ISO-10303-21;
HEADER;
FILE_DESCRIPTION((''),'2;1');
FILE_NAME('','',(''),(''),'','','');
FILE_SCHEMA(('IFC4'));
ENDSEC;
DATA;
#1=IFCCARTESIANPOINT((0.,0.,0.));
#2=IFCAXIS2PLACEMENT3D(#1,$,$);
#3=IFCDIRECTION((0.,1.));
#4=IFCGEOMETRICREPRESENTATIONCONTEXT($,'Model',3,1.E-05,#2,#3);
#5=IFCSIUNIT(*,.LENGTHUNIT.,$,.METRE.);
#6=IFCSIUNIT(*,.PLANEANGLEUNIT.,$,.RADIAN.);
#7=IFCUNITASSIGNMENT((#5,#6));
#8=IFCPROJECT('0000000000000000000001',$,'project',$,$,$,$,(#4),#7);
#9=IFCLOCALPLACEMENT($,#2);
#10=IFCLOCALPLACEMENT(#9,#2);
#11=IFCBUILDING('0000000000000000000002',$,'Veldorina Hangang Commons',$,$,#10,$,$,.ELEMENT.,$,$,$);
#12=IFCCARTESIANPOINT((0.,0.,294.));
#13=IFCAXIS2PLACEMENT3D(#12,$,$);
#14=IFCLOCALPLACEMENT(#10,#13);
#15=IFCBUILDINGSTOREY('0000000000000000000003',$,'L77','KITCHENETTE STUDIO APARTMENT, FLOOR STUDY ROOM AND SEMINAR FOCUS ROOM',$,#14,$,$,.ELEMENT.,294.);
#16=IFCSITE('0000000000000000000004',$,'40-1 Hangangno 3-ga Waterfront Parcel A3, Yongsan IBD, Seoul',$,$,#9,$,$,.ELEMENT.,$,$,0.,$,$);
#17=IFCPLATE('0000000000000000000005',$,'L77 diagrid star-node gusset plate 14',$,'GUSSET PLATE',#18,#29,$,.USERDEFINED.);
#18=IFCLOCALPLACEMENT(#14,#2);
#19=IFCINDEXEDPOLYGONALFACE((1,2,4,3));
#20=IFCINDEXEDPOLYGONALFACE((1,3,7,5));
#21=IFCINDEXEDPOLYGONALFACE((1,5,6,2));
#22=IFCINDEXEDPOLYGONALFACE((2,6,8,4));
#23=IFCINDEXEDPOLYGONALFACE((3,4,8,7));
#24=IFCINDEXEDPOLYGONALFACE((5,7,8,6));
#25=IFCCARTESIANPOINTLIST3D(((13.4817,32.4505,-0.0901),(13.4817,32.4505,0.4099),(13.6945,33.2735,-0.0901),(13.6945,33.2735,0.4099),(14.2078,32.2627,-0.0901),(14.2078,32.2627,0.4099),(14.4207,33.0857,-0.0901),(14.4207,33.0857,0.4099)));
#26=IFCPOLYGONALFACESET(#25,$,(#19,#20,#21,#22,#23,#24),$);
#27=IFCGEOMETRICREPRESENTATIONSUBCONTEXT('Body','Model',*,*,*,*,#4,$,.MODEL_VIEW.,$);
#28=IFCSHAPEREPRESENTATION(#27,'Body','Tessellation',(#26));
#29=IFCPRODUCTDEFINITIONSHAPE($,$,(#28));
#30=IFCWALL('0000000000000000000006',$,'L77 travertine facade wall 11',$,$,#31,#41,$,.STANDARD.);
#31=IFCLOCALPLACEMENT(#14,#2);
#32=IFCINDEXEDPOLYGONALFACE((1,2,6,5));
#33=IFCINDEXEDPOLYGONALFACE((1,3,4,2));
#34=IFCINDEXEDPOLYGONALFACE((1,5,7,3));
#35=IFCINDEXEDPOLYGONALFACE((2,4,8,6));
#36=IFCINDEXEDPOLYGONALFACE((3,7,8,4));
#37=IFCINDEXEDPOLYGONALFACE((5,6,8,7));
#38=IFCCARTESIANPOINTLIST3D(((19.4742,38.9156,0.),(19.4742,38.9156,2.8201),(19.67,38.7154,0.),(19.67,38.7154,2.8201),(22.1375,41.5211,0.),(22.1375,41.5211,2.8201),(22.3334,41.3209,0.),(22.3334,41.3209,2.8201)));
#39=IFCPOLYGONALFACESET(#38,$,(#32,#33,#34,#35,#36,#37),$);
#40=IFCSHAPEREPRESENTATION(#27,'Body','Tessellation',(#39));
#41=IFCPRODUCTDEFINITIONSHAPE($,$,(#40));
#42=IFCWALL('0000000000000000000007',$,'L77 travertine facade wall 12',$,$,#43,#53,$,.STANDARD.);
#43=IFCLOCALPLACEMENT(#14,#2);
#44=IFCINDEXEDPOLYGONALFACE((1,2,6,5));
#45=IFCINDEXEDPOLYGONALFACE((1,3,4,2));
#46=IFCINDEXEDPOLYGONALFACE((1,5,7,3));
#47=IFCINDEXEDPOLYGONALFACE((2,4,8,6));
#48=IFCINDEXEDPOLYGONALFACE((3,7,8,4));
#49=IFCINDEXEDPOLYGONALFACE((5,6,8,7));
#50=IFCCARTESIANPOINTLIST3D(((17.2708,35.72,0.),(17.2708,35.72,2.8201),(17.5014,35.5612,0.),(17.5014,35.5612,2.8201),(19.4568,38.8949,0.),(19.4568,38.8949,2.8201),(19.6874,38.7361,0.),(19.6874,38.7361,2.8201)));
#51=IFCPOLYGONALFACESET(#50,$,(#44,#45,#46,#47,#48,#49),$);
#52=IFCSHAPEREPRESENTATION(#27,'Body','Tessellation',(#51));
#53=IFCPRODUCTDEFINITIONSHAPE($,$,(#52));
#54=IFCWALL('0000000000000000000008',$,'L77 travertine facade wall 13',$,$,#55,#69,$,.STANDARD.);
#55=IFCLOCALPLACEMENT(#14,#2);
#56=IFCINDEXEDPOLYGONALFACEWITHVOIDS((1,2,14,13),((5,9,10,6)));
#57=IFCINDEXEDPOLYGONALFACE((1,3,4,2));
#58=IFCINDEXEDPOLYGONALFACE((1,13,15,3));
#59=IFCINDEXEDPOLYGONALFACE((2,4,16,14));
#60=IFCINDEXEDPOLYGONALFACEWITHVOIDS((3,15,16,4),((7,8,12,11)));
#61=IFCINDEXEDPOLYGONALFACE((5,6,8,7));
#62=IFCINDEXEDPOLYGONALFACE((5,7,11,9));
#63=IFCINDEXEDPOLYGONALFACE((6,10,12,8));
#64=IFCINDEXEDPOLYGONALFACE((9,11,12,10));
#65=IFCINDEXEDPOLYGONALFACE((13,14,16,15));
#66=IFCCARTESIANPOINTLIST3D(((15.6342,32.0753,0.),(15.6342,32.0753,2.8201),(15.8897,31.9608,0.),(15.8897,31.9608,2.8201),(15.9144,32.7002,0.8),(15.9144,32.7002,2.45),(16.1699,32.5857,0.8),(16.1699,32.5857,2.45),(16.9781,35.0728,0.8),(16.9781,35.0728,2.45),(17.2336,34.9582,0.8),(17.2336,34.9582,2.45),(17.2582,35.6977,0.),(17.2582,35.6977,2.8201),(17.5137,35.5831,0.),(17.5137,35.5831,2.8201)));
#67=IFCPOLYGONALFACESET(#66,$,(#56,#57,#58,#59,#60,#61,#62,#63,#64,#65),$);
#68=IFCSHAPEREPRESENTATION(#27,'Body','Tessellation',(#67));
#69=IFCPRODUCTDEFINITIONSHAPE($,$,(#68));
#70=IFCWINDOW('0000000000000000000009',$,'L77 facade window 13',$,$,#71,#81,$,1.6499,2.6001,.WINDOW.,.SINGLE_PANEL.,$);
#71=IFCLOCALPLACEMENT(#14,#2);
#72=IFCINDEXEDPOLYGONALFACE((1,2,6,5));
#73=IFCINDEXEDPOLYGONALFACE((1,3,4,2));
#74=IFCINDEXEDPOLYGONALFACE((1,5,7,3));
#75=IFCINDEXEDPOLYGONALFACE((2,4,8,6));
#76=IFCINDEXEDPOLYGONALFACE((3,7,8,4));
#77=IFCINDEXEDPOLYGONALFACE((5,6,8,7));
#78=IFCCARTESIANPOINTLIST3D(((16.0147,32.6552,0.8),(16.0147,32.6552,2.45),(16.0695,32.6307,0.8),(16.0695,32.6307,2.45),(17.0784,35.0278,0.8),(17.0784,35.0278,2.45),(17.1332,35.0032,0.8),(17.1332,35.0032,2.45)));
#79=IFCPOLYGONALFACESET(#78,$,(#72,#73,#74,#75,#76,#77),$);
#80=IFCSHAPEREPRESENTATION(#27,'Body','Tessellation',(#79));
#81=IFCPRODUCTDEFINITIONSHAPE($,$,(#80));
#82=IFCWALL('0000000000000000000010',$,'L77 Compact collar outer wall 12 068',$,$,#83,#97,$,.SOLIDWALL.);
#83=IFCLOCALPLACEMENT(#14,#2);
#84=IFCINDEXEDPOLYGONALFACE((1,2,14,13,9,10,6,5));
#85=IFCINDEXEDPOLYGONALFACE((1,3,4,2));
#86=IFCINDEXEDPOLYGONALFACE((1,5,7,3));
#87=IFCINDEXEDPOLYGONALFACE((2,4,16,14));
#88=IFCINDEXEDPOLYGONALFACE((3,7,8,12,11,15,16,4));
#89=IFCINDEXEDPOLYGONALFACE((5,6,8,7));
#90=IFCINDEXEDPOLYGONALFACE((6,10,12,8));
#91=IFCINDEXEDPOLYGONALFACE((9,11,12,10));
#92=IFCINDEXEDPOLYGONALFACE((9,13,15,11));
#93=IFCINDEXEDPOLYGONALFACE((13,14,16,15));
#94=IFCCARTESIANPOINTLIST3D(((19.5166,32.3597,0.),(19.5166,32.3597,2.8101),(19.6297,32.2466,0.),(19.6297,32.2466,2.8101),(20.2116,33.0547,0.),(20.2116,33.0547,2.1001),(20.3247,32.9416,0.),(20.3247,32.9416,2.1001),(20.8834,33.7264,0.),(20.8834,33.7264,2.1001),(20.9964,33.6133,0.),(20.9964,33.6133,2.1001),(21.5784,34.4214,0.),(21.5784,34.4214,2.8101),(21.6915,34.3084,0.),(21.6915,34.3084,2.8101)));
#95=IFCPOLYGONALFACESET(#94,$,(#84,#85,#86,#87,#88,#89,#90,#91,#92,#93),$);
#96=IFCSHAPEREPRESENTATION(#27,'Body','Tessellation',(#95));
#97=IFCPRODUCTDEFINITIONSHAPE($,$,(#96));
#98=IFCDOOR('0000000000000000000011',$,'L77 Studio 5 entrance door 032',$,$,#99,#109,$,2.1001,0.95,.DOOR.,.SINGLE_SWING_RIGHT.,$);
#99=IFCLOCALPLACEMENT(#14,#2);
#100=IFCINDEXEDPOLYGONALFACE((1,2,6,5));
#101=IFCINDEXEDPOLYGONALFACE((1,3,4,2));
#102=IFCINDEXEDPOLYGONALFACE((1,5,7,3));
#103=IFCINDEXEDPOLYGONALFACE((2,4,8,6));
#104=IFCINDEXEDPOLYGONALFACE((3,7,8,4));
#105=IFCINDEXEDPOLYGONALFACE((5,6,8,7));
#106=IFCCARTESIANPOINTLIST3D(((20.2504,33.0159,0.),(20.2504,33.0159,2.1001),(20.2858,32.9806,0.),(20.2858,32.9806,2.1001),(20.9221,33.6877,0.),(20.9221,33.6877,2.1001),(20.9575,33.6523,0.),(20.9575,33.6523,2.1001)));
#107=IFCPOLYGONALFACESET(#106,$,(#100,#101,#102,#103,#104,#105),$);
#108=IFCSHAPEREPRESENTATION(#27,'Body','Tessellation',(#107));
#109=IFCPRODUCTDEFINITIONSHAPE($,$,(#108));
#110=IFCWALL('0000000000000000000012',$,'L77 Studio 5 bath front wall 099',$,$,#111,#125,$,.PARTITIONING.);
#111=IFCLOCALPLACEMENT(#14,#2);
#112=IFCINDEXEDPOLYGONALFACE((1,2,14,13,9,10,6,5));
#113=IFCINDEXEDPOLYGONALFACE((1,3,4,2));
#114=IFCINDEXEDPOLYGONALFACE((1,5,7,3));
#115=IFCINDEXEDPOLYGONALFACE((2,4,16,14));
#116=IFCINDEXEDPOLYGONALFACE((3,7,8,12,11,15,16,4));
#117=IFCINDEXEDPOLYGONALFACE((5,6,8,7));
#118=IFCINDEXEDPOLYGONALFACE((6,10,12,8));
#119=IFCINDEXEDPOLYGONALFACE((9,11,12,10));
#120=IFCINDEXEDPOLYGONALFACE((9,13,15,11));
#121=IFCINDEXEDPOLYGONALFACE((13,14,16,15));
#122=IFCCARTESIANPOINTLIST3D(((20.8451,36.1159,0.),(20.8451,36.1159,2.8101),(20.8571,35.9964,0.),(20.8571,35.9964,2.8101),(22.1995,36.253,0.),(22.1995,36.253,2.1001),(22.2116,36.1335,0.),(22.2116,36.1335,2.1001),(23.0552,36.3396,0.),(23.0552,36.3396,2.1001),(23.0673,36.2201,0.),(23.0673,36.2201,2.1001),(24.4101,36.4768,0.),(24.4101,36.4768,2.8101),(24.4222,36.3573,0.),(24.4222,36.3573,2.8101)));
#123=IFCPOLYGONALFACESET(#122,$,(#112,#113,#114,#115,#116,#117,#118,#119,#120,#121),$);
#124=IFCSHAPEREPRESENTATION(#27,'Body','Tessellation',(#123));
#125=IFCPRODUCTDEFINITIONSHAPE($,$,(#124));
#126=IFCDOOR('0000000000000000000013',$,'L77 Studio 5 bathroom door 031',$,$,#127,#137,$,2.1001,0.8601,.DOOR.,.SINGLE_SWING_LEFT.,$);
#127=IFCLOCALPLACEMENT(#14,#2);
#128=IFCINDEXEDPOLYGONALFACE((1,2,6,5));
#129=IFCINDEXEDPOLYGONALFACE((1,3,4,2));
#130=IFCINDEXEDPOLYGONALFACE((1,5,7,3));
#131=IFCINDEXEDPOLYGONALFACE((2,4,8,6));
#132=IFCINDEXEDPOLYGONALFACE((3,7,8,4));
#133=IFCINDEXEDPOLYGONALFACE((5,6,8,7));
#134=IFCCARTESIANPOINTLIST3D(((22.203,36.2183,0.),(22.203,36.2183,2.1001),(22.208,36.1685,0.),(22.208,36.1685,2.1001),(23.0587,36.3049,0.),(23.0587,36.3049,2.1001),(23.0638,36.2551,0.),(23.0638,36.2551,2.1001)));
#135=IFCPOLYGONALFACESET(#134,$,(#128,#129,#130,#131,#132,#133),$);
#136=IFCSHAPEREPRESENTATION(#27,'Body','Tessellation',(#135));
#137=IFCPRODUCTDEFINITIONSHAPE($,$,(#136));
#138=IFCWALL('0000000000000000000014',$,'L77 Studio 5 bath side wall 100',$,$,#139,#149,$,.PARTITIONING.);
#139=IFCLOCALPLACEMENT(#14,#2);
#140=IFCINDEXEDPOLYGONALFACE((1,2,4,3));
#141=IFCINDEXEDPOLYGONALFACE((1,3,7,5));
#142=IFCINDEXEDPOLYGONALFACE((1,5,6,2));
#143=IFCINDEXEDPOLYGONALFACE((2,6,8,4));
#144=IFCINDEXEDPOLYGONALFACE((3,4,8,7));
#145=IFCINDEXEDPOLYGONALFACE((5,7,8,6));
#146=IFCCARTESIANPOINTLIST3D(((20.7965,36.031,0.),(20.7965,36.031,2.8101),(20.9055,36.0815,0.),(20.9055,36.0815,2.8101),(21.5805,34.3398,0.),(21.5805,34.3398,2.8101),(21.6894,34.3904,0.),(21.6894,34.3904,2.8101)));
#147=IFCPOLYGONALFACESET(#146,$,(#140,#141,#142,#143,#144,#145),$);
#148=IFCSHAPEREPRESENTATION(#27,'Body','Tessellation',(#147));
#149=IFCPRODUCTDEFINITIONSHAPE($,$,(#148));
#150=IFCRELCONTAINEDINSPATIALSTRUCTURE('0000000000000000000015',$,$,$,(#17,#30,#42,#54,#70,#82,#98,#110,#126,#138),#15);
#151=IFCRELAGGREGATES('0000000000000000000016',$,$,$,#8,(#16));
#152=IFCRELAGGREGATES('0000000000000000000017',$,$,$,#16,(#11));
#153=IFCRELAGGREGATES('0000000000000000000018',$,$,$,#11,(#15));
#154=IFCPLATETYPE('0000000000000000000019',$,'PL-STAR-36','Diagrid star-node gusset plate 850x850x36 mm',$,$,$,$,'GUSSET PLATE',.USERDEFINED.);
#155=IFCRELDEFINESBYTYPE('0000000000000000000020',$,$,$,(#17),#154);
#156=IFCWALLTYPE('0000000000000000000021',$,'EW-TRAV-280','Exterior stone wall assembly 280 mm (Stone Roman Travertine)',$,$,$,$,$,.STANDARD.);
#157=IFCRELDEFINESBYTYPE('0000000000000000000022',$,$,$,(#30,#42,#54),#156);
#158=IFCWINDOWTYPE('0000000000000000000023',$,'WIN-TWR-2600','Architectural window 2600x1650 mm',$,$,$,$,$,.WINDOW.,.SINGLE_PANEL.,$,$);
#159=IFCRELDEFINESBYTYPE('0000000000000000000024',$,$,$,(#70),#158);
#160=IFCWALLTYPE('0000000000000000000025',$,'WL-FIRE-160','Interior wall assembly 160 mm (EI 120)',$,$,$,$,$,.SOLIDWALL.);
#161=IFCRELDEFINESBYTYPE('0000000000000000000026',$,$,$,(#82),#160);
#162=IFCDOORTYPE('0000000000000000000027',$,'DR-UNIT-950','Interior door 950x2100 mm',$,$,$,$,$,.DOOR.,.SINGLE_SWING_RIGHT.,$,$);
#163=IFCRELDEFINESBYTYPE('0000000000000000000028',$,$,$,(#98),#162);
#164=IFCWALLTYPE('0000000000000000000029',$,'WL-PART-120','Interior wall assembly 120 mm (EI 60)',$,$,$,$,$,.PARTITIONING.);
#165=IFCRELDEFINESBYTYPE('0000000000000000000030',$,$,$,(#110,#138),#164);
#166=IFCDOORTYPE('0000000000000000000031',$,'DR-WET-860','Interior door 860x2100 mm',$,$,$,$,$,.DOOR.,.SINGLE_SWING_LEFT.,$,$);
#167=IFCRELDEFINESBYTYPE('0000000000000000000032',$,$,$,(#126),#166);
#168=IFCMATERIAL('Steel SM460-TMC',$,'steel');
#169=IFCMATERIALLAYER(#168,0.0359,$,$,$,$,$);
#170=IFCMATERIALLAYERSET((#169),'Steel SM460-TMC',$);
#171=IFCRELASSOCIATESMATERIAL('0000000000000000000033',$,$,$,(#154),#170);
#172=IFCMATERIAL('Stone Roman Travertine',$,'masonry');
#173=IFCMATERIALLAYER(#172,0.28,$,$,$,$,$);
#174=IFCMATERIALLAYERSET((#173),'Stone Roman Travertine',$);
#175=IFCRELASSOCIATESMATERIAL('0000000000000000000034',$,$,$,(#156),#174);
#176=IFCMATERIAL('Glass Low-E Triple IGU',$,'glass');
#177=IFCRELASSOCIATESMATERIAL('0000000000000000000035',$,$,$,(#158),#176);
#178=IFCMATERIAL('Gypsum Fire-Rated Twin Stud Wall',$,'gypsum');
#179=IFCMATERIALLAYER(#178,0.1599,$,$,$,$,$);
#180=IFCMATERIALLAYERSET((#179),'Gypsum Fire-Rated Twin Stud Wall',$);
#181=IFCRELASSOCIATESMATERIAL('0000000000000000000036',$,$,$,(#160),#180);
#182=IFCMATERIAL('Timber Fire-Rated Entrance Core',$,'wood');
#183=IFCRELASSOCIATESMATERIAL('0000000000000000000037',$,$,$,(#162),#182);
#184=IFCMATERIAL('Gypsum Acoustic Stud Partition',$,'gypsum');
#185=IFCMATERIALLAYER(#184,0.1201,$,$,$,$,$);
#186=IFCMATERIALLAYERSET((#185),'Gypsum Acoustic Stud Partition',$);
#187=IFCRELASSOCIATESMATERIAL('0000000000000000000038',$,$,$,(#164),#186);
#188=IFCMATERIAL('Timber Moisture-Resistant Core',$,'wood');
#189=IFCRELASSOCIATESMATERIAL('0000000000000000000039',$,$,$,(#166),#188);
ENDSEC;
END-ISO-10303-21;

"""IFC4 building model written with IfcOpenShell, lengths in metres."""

from ifc_helpers import new_model, si_unit, direction, frame, frame_2d, origin, origin_2d, place, context, subcontext, project, spatial, rectangle, extrude, material, layer, layer_set, type_object, element, fill, save


model = new_model("IFC4")

# Units and contexts
model_context = context("Model", 3, precision=1e-05, world=origin(), true_north=direction((0.0, 1.0)))
body_context = subcontext(model_context, "Body", "Model", "MODEL_VIEW")
ifc_project = project(units=[si_unit("LENGTHUNIT", "METRE"), si_unit("PLANEANGLEUNIT", "RADIAN")], contexts=[model_context])

# Site, building, storey
site_placement = place(None, origin())
site = spatial("IfcSite", under=ifc_project, at=site_placement, Name="40-1 Hangangno 3-ga Waterfront Parcel A3, Yongsan IBD, Seoul", CompositionType="ELEMENT", RefElevation=0.0)
building_placement = place(site_placement, origin())
building = spatial("IfcBuilding", under=site, at=building_placement, Name="Veldorina Hangang Commons", CompositionType="ELEMENT")
storey_placement = place(building_placement, frame((0.0, 0.0, 294.0)))
storey = spatial("IfcBuildingStorey", under=building, at=storey_placement, Name="L77", Description="KITCHENETTE STUDIO APARTMENT, FLOOR STUDY ROOM AND SEMINAR FOCUS ROOM", CompositionType="ELEMENT", Elevation=294.0)

# Shared definitions
ifc_material_1 = material(Name="Steel SM460-TMC", Category="steel")

# Plate
ifc_layer_1 = layer(ifc_material_1, 0.0359)
ifc_layer_set_1 = layer_set([ifc_layer_1], Name="Steel SM460-TMC")
plate_type = type_object("IfcPlateType", Name="PL-STAR-36", Description="Diagrid star-node gusset plate 850x850x36 mm", ElementType="GUSSET PLATE", PredefinedType="USERDEFINED", material=ifc_layer_set_1)
plate_1_placement = place(storey_placement, frame((13.9512, 32.7681, -0.0901), z_axis=(0.0, 0.0, 1.0), x_axis=(-0.250397, -0.968143, 0.0)))
element("IfcPlate", 1, at=plate_1_placement, inside=storey, type_object=plate_type, Name="L77 diagrid star-node gusset plate 14", ObjectType="GUSSET PLATE", PredefinedType="USERDEFINED", context=body_context, shape_type="SweptSolid", body=[
    extrude(rectangle(XDim=0.8501, YDim=0.75, at=origin_2d()), origin(), (0.0, 0.0, 1.0), 0.5),
])

# Walls
ifc_material_2 = material(Name="Stone Roman Travertine", Category="masonry")
ifc_layer_2 = layer(ifc_material_2, 0.28)
ifc_layer_set_2 = layer_set([ifc_layer_2], Name="Stone Roman Travertine")
wall_type_1 = type_object("IfcWallType", Name="EW-TRAV-280", Description="Exterior stone wall assembly 280 mm (Stone Roman Travertine)", PredefinedType="STANDARD", material=ifc_layer_set_2)
wall_1_placement = place(storey_placement, frame((22.2354, 41.4209, 0.0), z_axis=(0.0, 0.0, 1.0), x_axis=(-0.714829, -0.699299, 0.0)))
element("IfcWall", 2, at=wall_1_placement, inside=storey, type_object=wall_type_1, Name="L77 travertine facade wall 11", PredefinedType="STANDARD", context=body_context, shape_type="SweptSolid", body=[
    extrude(rectangle(XDim=3.7258, YDim=0.28, at=frame_2d((1.8628, 0.0))), origin(), (0.0, 0.0, 1.0), 2.8201),
])
wall_2_placement = place(storey_placement, frame((19.572, 38.8154, 0.0), z_axis=(0.0, 0.0, 1.0), x_axis=(-0.56709, -0.823656, 0.0)))
element("IfcWall", 3, at=wall_2_placement, inside=storey, type_object=wall_type_1, Name="L77 travertine facade wall 12", PredefinedType="STANDARD", context=body_context, shape_type="SweptSolid", body=[
    extrude(rectangle(XDim=3.8547, YDim=0.28, at=frame_2d((1.9272, 0.0))), origin(), (0.0, 0.0, 1.0), 2.8201),
])

# Wall, opening, window
wall_3_placement = place(storey_placement, frame((17.386, 35.6404, 0.0), z_axis=(0.0, 0.0, 1.0), x_axis=(-0.409104, -0.912488, 0.0)))
wall_3 = element("IfcWall", 4, at=wall_3_placement, inside=storey, type_object=wall_type_1, Name="L77 travertine facade wall 13", PredefinedType="STANDARD", context=body_context, shape_type="SweptSolid", body=[
    extrude(rectangle(XDim=3.9697, YDim=0.28, at=frame_2d((1.9849, 0.0))), origin(), (0.0, 0.0, 1.0), 2.8201),
])
opening_1_placement = place(wall_3_placement, frame((0.6848, 0.0, 0.8)))
opening_1 = element("IfcOpeningElement", 5, at=opening_1_placement, cuts=wall_3, PredefinedType="OPENING", context=body_context, shape_type="SweptSolid", body=[
    extrude(rectangle(XDim=2.6001, YDim=1.6499, at=frame_2d((1.3, 0.825))), frame((0.0, 0.1499, 0.0), z_axis=(0.0, -1.0, 0.0), x_axis=(1.0, 0.0, 0.0)), (0.0, 0.0, 1.0), 0.3),
])
ifc_material_3 = material(Name="Glass Low-E Triple IGU", Category="glass")
window_type = type_object("IfcWindowType", Name="WIN-TWR-2600", Description="Architectural window 2600x1650 mm", PartitioningType="SINGLE_PANEL", PredefinedType="WINDOW", material=ifc_material_3)
window_placement = place(opening_1_placement, origin())
window = element("IfcWindow", 6, at=window_placement, inside=storey, type_object=window_type, Name="L77 facade window 13", OverallHeight=1.6499, OverallWidth=2.6001, PartitioningType="SINGLE_PANEL", PredefinedType="WINDOW", context=body_context, shape_type="SweptSolid", body=[
    extrude(rectangle(XDim=2.6001, YDim=1.6499, at=frame_2d((1.3, 0.825))), frame((0.0, 0.03, 0.0), z_axis=(0.0, -1.0, 0.0), x_axis=(1.0, 0.0, 0.0)), (0.0, 0.0, 1.0), 0.0601),
])
fill(opening_1, window)

# Walls, openings, doors
ifc_material_4 = material(Name="Gypsum Fire-Rated Twin Stud Wall", Category="gypsum")
ifc_layer_3 = layer(ifc_material_4, 0.1599)
ifc_layer_set_3 = layer_set([ifc_layer_3], Name="Gypsum Fire-Rated Twin Stud Wall")
wall_type_2 = type_object("IfcWallType", Name="WL-FIRE-160", Description="Interior wall assembly 160 mm (EI 120)", PredefinedType="SOLIDWALL", material=ifc_layer_set_3)
wall_4_placement = place(storey_placement, frame((21.635, 34.365, 0.0), z_axis=(0.0, 0.0, 1.0), x_axis=(-0.707107, -0.707107, 0.0)))
wall_4 = element("IfcWall", 7, at=wall_4_placement, inside=storey, type_object=wall_type_2, Name="L77 Compact collar outer wall 12 068", PredefinedType="SOLIDWALL", context=body_context, shape_type="SweptSolid", body=[
    extrude(rectangle(XDim=2.9158, YDim=0.1599, at=frame_2d((1.458, 0.0))), origin(), (0.0, 0.0, 1.0), 2.8101),
])
opening_2_placement = place(wall_4_placement, frame((0.9829, 0.0, 0.0)))
opening_2 = element("IfcOpeningElement", 8, at=opening_2_placement, cuts=wall_4, PredefinedType="OPENING", context=body_context, shape_type="SweptSolid", body=[
    extrude(rectangle(XDim=0.95, YDim=2.1001, at=frame_2d((0.4751, 1.05))), frame((0.0, 0.0898, 0.0), z_axis=(0.0, -1.0, 0.0), x_axis=(1.0, 0.0, 0.0)), (0.0, 0.0, 1.0), 0.1799),
])
ifc_material_5 = material(Name="Timber Fire-Rated Entrance Core", Category="wood")
door_type_1 = type_object("IfcDoorType", Name="DR-UNIT-950", Description="Interior door 950x2100 mm", OperationType="SINGLE_SWING_RIGHT", PredefinedType="DOOR", material=ifc_material_5)
door_1_placement = place(opening_2_placement, origin())
door_1 = element("IfcDoor", 9, at=door_1_placement, inside=storey, type_object=door_type_1, Name="L77 Studio 5 entrance door 032", OperationType="SINGLE_SWING_RIGHT", OverallHeight=2.1001, OverallWidth=0.95, PredefinedType="DOOR", context=body_context, shape_type="SweptSolid", body=[
    extrude(rectangle(XDim=0.95, YDim=2.1001, at=frame_2d((0.4751, 1.05))), frame((0.0, 0.0249, 0.0), z_axis=(0.0, -1.0, 0.0), x_axis=(1.0, 0.0, 0.0)), (0.0, 0.0, 1.0), 0.05),
])
fill(opening_2, door_1)
ifc_material_6 = material(Name="Gypsum Acoustic Stud Partition", Category="gypsum")
ifc_layer_4 = layer(ifc_material_6, 0.1201)
ifc_layer_set_4 = layer_set([ifc_layer_4], Name="Gypsum Acoustic Stud Partition")
wall_type_3 = type_object("IfcWallType", Name="WL-PART-120", Description="Interior wall assembly 120 mm (EI 60)", PredefinedType="PARTITIONING", material=ifc_layer_set_4)
wall_5_placement = place(storey_placement, frame((24.416, 36.417, 0.0), z_axis=(0.0, 0.0, 1.0), x_axis=(-0.994916, -0.100704, 0.0)))
wall_5 = element("IfcWall", 10, at=wall_5_placement, inside=storey, type_object=wall_type_3, Name="L77 Studio 5 bath front wall 099", PredefinedType="PARTITIONING", context=body_context, shape_type="SweptSolid", body=[
    extrude(rectangle(XDim=3.5833, YDim=0.1201, at=frame_2d((1.7915, 0.0))), origin(), (0.0, 0.0, 1.0), 2.8101),
])
opening_3_placement = place(wall_5_placement, frame((1.3616, 0.0, 0.0)))
opening_3 = element("IfcOpeningElement", 11, at=opening_3_placement, cuts=wall_5, PredefinedType="OPENING", context=body_context, shape_type="SweptSolid", body=[
    extrude(rectangle(XDim=0.8601, YDim=2.1001, at=frame_2d((0.4302, 1.05))), frame((0.0, 0.0701, 0.0), z_axis=(0.0, -1.0, 0.0), x_axis=(1.0, 0.0, 0.0)), (0.0, 0.0, 1.0), 0.1401),
])
ifc_material_7 = material(Name="Timber Moisture-Resistant Core", Category="wood")
door_type_2 = type_object("IfcDoorType", Name="DR-WET-860", Description="Interior door 860x2100 mm", OperationType="SINGLE_SWING_LEFT", PredefinedType="DOOR", material=ifc_material_7)
door_2_placement = place(opening_3_placement, origin())
door_2 = element("IfcDoor", 12, at=door_2_placement, inside=storey, type_object=door_type_2, Name="L77 Studio 5 bathroom door 031", OperationType="SINGLE_SWING_LEFT", OverallHeight=2.1001, OverallWidth=0.8601, PredefinedType="DOOR", context=body_context, shape_type="SweptSolid", body=[
    extrude(rectangle(XDim=0.8601, YDim=2.1001, at=frame_2d((0.4302, 1.05))), frame((0.0, 0.0249, 0.0), z_axis=(0.0, -1.0, 0.0), x_axis=(1.0, 0.0, 0.0)), (0.0, 0.0, 1.0), 0.05),
])
fill(opening_3, door_2)

# Wall
wall_6_placement = place(storey_placement, frame((21.635, 34.365, 0.0), z_axis=(0.0, 0.0, 1.0), x_axis=(-0.420561, 0.907264, 0.0)))
element("IfcWall", 13, at=wall_6_placement, inside=storey, type_object=wall_type_3, Name="L77 Studio 5 bath side wall 100", PredefinedType="PARTITIONING", context=body_context, shape_type="SweptSolid", body=[
    extrude(rectangle(XDim=1.864, YDim=0.1201, at=frame_2d((0.9321, 0.0))), origin(), (0.0, 0.0, 1.0), 2.8101),
])

save(model, "model.ifc")
